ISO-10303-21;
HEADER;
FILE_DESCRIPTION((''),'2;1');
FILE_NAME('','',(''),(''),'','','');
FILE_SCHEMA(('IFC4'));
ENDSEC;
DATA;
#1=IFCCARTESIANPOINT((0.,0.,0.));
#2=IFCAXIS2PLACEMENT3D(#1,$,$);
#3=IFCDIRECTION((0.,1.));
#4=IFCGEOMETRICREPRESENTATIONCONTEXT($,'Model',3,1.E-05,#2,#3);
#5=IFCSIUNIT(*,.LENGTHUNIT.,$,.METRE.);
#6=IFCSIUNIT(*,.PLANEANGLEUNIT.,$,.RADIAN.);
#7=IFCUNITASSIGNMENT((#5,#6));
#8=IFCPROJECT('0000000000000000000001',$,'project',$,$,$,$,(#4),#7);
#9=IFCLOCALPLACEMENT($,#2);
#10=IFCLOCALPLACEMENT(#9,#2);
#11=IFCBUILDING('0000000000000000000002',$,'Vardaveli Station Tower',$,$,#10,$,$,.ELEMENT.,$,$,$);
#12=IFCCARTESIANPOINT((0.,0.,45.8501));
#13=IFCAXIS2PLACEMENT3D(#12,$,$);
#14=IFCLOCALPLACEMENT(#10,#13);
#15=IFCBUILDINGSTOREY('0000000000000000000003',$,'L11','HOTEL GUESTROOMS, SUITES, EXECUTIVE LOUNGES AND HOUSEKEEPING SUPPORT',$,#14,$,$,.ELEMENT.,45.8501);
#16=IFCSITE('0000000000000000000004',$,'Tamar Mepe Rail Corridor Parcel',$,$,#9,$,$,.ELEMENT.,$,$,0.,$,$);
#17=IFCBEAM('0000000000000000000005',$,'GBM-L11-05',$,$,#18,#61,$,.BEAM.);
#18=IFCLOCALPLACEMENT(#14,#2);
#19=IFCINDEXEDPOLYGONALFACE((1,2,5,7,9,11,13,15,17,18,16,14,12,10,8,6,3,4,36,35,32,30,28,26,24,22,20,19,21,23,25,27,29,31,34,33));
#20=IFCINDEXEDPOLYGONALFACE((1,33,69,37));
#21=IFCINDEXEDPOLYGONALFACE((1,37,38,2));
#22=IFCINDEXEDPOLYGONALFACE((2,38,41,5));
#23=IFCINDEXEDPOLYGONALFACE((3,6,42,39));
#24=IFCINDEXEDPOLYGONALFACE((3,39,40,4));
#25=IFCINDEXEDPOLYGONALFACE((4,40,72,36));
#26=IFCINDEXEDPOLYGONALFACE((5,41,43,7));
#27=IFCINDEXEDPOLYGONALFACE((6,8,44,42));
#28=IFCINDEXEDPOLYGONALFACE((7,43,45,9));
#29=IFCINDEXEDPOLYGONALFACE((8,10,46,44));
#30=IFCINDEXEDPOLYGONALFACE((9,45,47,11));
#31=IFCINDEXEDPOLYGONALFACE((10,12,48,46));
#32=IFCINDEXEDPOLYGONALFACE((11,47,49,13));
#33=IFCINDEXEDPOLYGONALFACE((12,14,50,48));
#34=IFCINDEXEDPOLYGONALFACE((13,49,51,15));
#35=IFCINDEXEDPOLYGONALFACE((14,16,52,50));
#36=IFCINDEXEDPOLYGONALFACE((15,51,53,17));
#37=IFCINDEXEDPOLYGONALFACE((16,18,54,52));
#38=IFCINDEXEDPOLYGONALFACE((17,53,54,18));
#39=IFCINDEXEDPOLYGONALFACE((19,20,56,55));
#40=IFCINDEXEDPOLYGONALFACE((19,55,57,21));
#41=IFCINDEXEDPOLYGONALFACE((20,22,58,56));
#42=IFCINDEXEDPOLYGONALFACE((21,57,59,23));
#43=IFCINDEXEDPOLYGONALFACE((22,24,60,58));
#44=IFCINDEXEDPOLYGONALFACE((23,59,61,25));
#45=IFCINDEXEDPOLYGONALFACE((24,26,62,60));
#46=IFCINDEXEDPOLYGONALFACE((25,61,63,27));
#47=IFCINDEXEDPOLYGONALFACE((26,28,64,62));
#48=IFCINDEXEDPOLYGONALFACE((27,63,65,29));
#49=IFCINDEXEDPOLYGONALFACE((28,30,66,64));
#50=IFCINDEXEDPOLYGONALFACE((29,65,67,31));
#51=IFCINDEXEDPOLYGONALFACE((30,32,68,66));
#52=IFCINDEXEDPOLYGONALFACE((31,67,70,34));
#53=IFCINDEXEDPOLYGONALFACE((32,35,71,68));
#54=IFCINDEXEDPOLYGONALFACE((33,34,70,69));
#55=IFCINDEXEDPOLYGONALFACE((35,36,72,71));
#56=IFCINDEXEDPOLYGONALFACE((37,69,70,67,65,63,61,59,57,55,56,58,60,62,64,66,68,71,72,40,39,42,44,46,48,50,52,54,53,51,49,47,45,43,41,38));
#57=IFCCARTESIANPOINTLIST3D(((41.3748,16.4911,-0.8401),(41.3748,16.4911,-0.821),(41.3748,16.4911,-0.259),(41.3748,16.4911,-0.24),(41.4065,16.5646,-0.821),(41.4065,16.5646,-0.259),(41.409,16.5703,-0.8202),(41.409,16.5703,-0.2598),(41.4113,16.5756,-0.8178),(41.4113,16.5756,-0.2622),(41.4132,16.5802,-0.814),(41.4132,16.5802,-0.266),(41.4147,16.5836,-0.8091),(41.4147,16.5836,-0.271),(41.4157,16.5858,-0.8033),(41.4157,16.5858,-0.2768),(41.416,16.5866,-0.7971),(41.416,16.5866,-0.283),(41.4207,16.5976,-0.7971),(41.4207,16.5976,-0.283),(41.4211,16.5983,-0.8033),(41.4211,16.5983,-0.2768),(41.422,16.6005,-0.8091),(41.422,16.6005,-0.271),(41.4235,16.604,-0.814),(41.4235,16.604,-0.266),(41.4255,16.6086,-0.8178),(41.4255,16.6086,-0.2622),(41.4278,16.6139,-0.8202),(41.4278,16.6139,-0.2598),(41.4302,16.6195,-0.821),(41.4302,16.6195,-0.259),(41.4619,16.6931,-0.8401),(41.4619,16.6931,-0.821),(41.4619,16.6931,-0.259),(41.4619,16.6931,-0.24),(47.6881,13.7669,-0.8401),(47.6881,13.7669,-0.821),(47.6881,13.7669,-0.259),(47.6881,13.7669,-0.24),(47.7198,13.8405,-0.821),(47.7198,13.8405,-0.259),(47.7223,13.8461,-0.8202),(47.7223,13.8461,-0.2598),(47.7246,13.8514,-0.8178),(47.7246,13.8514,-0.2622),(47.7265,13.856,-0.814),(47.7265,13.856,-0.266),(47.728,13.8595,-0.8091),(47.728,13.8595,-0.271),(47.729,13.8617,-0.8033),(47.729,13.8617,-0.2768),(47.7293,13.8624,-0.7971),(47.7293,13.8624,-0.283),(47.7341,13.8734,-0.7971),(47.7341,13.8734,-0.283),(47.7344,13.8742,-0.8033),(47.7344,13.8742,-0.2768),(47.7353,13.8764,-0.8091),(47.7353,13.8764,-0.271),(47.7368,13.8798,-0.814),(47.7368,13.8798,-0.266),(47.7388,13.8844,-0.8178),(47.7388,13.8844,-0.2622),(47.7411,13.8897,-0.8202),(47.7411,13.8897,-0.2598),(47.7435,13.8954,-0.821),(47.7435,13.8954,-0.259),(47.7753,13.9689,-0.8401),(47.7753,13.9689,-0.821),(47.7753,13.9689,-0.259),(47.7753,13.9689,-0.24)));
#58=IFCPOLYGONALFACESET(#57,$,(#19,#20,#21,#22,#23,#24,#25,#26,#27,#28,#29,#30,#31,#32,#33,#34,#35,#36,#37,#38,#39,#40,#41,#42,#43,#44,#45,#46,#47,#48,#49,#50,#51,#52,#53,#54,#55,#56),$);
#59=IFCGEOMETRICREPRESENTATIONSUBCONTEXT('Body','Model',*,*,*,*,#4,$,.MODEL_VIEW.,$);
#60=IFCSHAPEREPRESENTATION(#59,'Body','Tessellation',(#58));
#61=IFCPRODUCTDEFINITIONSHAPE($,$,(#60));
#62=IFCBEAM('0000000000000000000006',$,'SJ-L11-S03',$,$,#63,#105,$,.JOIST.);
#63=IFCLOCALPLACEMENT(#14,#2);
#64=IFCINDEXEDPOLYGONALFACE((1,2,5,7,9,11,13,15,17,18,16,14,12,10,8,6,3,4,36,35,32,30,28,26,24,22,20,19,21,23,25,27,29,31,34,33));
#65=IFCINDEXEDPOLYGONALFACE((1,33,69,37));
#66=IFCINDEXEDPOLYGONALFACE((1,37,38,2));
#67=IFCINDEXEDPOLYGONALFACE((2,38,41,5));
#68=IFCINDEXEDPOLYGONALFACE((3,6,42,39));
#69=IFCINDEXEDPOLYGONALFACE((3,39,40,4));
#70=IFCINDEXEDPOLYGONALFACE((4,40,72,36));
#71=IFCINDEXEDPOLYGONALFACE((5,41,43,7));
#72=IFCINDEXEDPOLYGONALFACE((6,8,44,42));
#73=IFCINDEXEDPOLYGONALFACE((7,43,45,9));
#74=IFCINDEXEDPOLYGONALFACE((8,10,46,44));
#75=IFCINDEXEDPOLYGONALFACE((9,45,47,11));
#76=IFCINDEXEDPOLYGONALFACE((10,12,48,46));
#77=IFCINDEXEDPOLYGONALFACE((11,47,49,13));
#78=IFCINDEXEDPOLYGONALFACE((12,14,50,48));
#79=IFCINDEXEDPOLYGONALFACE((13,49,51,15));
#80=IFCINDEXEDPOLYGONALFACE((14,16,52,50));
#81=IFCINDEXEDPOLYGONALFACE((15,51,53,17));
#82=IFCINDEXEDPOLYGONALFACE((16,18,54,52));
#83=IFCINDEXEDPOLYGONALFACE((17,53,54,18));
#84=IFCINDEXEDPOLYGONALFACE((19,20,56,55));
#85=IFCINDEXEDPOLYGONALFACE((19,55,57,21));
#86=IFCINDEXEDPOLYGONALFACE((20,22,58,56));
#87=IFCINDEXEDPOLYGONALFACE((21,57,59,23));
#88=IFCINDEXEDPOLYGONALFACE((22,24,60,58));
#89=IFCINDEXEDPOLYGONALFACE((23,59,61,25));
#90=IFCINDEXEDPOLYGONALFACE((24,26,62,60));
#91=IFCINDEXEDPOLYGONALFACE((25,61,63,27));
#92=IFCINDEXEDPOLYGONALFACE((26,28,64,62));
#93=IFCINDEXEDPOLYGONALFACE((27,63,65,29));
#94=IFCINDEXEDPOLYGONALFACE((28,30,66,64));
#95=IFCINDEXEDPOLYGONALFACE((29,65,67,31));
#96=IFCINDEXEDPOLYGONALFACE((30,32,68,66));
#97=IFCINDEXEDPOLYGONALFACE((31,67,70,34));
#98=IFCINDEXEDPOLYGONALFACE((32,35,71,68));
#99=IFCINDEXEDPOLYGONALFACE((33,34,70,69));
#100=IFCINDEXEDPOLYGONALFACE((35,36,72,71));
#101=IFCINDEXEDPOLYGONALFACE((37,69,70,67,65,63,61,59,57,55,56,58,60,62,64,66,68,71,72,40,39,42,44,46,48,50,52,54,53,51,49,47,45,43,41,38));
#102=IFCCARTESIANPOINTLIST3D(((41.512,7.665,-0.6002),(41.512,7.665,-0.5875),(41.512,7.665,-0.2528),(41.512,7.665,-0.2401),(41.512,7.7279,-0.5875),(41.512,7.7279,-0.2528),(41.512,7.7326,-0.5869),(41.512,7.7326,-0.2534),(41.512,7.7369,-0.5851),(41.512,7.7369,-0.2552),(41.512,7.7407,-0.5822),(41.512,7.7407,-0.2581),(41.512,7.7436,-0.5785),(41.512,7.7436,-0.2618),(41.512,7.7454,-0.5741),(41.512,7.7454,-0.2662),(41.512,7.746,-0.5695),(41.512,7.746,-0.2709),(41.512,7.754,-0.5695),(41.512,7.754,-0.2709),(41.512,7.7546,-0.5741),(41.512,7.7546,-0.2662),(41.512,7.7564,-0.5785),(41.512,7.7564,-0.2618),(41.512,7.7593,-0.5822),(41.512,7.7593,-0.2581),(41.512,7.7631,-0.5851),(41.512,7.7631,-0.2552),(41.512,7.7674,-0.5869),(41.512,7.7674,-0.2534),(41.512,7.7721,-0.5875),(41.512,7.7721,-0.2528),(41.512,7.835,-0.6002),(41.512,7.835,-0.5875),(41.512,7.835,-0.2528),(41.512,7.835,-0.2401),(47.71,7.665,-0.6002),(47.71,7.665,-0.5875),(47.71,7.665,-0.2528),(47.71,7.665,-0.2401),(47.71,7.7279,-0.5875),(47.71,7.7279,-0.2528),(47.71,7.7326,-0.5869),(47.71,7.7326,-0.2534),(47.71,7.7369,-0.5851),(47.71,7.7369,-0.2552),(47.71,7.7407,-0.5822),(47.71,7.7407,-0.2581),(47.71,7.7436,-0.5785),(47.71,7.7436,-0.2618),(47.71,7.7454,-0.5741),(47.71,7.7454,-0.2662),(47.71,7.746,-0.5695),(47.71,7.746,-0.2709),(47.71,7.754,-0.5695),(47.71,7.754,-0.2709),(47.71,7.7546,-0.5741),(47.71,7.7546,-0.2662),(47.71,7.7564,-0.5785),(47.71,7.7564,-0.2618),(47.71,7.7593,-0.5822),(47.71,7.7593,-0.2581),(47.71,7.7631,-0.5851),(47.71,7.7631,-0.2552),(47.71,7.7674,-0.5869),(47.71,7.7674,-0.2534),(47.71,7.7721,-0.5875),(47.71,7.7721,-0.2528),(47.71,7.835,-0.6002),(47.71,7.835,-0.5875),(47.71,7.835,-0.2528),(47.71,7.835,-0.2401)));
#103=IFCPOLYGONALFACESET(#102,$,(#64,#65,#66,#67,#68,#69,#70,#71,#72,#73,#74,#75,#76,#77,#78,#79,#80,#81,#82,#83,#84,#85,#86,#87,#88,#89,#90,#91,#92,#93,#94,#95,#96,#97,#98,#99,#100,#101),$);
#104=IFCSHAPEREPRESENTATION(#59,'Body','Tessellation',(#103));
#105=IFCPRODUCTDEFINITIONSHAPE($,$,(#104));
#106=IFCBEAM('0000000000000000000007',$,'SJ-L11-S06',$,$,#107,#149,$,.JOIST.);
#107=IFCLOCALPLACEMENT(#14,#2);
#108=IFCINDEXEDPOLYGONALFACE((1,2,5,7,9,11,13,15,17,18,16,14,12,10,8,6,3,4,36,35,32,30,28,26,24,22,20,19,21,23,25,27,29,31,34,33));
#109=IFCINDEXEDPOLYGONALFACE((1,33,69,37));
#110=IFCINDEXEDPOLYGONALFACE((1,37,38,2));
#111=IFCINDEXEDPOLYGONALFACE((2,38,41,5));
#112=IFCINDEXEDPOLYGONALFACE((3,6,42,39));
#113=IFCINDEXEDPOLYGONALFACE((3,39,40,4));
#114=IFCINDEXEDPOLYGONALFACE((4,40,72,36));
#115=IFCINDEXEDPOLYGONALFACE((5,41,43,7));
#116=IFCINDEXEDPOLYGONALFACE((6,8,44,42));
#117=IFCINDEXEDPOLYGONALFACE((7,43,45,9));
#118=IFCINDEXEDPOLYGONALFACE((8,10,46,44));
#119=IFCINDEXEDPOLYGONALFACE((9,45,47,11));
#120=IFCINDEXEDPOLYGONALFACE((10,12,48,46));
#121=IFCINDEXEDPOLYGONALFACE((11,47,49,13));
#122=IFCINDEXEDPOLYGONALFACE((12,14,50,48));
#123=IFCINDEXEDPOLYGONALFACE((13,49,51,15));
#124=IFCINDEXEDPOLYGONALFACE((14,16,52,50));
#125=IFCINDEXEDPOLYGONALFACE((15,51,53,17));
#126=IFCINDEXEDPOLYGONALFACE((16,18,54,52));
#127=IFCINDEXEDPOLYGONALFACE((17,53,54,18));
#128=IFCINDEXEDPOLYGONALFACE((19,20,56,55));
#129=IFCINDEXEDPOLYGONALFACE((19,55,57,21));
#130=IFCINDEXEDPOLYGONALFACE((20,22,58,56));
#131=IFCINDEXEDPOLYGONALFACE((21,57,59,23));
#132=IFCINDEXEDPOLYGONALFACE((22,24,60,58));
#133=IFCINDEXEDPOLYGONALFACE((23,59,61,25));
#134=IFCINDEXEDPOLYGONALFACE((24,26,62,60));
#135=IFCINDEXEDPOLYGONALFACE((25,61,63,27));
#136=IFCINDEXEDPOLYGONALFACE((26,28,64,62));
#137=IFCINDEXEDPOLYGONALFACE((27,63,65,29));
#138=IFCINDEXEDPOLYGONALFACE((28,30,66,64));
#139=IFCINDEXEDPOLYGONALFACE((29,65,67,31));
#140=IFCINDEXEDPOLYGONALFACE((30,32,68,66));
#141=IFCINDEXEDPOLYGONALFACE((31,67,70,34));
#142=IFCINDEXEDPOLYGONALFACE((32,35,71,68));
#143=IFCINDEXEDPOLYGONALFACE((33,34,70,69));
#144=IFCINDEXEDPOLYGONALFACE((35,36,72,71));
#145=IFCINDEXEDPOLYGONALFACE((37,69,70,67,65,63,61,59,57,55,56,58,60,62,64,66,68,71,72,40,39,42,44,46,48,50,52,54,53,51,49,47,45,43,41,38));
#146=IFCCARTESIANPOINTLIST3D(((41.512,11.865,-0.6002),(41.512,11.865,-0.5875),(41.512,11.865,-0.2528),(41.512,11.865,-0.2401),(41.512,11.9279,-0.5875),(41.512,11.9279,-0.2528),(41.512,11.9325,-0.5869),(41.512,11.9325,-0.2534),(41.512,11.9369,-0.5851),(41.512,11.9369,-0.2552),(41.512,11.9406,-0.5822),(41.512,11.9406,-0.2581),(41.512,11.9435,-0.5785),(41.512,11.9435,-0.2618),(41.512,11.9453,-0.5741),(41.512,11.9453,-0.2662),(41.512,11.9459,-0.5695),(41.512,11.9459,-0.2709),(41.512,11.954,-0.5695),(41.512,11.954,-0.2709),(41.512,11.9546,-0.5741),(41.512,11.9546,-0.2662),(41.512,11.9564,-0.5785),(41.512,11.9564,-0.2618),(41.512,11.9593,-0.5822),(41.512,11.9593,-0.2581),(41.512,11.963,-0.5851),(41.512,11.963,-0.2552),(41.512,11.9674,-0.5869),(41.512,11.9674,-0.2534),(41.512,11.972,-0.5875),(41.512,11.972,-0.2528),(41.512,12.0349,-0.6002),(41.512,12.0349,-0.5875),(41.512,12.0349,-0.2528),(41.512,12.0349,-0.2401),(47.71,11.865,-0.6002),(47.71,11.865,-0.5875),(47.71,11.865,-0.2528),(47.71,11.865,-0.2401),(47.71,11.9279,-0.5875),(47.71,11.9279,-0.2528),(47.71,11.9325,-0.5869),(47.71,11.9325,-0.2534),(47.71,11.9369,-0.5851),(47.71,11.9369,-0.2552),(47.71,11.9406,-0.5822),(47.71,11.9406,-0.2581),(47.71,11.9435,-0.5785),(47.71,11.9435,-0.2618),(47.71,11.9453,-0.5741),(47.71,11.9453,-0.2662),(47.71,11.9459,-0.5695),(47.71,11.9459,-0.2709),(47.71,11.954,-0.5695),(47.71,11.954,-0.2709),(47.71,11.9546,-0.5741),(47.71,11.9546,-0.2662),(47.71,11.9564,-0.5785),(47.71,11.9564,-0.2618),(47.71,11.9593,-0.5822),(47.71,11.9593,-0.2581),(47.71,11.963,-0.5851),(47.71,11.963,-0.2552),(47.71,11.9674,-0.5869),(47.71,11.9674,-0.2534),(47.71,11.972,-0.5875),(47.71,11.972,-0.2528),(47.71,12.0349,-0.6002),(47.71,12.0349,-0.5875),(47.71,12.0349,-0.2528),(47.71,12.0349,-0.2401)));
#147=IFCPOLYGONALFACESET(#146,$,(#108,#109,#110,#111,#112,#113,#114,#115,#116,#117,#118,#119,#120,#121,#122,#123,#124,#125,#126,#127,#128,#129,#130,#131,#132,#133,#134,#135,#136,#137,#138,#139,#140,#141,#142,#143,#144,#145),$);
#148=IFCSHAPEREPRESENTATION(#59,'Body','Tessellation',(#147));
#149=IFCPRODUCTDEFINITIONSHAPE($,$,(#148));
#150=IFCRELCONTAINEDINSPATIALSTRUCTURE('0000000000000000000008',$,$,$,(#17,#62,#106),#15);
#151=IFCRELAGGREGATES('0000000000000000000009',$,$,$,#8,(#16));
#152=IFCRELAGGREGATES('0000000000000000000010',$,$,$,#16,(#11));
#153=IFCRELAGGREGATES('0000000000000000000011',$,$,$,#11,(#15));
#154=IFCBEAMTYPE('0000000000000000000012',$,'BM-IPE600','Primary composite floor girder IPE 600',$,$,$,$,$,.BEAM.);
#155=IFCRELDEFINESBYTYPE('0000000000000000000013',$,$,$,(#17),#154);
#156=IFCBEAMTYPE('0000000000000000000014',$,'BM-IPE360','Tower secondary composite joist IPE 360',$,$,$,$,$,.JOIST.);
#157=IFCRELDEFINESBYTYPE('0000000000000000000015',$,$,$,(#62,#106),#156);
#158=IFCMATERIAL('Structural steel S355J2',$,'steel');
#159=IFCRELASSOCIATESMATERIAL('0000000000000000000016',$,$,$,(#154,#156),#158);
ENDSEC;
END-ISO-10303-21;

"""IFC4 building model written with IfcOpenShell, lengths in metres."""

from ifc_helpers import new_model, si_unit, direction, frame, origin, origin_2d, place, context, subcontext, project, spatial, i_section, extrude, source, transform, mapped, material, material_profile, profile_set, type_object, element, save


model = new_model("IFC4")

# Units and contexts
model_context = context("Model", 3, precision=1e-05, world=origin(), true_north=direction((0.0, 1.0)))
body_context = subcontext(model_context, "Body", "Model", "MODEL_VIEW")
ifc_project = project(units=[si_unit("LENGTHUNIT", "METRE"), si_unit("PLANEANGLEUNIT", "RADIAN")], contexts=[model_context])

# Site, building, storey
site_placement = place(None, origin())
site = spatial("IfcSite", under=ifc_project, at=site_placement, Name="Tamar Mepe Rail Corridor Parcel", CompositionType="ELEMENT", RefElevation=0.0)
building_placement = place(site_placement, origin())
building = spatial("IfcBuilding", under=site, at=building_placement, Name="Vardaveli Station Tower", CompositionType="ELEMENT")
storey_placement = place(building_placement, frame((0.0, 0.0, 45.8501)))
storey = spatial("IfcBuildingStorey", under=building, at=storey_placement, Name="L11", Description="HOTEL GUESTROOMS, SUITES, EXECUTIVE LOUNGES AND HOUSEKEEPING SUPPORT", CompositionType="ELEMENT", Elevation=45.8501)

# Beams
ifc_material_1 = material(Name="Structural steel S355J2", Category="steel")
ifc_material_profile_1 = material_profile(ifc_material_1, i_section(OverallWidth=0.22, OverallDepth=0.6001, WebThickness=0.012, FlangeThickness=0.019, FilletRadius=0.0239, at=origin_2d()), Name="IPE 600")
ifc_profile_set_1 = profile_set([ifc_material_profile_1], Name="Structural steel S355J2")
beam_type_1 = type_object("IfcBeamType", Name="BM-IPE600", Description="Primary composite floor girder IPE 600", PredefinedType="BEAM", material=ifc_profile_set_1)
shared_shape_1 = source(origin(), body_context, "Body", "SweptSolid", [
    extrude(i_section(OverallWidth=0.22, OverallDepth=0.6001, WebThickness=0.012, FlangeThickness=0.019, FilletRadius=0.0239, at=origin_2d()), origin(), (0.0, 0.0, 1.0), 6.876),
])
beam_1_placement = place(storey_placement, frame((47.7317, 13.8679, -0.54), z_axis=(-0.918171, 0.396185, 0.0), x_axis=(-0.396185, -0.918171, 0.0)))
element("IfcBeam", 1, at=beam_1_placement, inside=storey, type_object=beam_type_1, Name="GBM-L11-05", PredefinedType="BEAM", context=body_context, shape_type="MappedRepresentation", body=[
    mapped(shared_shape_1, transform((0.0, 0.0, 0.0), scale=1.0)),
])
ifc_material_profile_2 = material_profile(ifc_material_1, i_section(OverallWidth=0.1699, OverallDepth=0.3601, WebThickness=0.0081, FlangeThickness=0.0127, FilletRadius=0.0181, at=origin_2d()), Name="IPE 360")
ifc_profile_set_2 = profile_set([ifc_material_profile_2], Name="Structural steel S355J2")
beam_type_2 = type_object("IfcBeamType", Name="BM-IPE360", Description="Tower secondary composite joist IPE 360", PredefinedType="JOIST", material=ifc_profile_set_2)
shared_shape_2 = source(origin(), body_context, "Body", "SweptSolid", [
    extrude(i_section(OverallWidth=0.1699, OverallDepth=0.3601, WebThickness=0.0081, FlangeThickness=0.0127, FilletRadius=0.0181, at=origin_2d()), origin(), (0.0, 0.0, 1.0), 6.198),
])
for number, where, z_axis, x_axis, name in (
    (2, (41.512, 7.75, -0.4202), (1.0, 0.0, 0.0), (0.0, 1.0, 0.0), "SJ-L11-S03"),
    (3, (41.512, 11.95, -0.4202), (1.0, 0.0, 0.0), (0.0, 1.0, 0.0), "SJ-L11-S06"),
):
    element("IfcBeam", number, at=place(storey_placement, frame(where, z_axis=z_axis, x_axis=x_axis)), inside=storey, type_object=beam_type_2, Name=name, PredefinedType="JOIST", context=body_context, shape_type="MappedRepresentation", body=[
        mapped(shared_shape_2, transform((0.0, 0.0, 0.0), scale=1.0)),
    ])

save(model, "model.ifc")
